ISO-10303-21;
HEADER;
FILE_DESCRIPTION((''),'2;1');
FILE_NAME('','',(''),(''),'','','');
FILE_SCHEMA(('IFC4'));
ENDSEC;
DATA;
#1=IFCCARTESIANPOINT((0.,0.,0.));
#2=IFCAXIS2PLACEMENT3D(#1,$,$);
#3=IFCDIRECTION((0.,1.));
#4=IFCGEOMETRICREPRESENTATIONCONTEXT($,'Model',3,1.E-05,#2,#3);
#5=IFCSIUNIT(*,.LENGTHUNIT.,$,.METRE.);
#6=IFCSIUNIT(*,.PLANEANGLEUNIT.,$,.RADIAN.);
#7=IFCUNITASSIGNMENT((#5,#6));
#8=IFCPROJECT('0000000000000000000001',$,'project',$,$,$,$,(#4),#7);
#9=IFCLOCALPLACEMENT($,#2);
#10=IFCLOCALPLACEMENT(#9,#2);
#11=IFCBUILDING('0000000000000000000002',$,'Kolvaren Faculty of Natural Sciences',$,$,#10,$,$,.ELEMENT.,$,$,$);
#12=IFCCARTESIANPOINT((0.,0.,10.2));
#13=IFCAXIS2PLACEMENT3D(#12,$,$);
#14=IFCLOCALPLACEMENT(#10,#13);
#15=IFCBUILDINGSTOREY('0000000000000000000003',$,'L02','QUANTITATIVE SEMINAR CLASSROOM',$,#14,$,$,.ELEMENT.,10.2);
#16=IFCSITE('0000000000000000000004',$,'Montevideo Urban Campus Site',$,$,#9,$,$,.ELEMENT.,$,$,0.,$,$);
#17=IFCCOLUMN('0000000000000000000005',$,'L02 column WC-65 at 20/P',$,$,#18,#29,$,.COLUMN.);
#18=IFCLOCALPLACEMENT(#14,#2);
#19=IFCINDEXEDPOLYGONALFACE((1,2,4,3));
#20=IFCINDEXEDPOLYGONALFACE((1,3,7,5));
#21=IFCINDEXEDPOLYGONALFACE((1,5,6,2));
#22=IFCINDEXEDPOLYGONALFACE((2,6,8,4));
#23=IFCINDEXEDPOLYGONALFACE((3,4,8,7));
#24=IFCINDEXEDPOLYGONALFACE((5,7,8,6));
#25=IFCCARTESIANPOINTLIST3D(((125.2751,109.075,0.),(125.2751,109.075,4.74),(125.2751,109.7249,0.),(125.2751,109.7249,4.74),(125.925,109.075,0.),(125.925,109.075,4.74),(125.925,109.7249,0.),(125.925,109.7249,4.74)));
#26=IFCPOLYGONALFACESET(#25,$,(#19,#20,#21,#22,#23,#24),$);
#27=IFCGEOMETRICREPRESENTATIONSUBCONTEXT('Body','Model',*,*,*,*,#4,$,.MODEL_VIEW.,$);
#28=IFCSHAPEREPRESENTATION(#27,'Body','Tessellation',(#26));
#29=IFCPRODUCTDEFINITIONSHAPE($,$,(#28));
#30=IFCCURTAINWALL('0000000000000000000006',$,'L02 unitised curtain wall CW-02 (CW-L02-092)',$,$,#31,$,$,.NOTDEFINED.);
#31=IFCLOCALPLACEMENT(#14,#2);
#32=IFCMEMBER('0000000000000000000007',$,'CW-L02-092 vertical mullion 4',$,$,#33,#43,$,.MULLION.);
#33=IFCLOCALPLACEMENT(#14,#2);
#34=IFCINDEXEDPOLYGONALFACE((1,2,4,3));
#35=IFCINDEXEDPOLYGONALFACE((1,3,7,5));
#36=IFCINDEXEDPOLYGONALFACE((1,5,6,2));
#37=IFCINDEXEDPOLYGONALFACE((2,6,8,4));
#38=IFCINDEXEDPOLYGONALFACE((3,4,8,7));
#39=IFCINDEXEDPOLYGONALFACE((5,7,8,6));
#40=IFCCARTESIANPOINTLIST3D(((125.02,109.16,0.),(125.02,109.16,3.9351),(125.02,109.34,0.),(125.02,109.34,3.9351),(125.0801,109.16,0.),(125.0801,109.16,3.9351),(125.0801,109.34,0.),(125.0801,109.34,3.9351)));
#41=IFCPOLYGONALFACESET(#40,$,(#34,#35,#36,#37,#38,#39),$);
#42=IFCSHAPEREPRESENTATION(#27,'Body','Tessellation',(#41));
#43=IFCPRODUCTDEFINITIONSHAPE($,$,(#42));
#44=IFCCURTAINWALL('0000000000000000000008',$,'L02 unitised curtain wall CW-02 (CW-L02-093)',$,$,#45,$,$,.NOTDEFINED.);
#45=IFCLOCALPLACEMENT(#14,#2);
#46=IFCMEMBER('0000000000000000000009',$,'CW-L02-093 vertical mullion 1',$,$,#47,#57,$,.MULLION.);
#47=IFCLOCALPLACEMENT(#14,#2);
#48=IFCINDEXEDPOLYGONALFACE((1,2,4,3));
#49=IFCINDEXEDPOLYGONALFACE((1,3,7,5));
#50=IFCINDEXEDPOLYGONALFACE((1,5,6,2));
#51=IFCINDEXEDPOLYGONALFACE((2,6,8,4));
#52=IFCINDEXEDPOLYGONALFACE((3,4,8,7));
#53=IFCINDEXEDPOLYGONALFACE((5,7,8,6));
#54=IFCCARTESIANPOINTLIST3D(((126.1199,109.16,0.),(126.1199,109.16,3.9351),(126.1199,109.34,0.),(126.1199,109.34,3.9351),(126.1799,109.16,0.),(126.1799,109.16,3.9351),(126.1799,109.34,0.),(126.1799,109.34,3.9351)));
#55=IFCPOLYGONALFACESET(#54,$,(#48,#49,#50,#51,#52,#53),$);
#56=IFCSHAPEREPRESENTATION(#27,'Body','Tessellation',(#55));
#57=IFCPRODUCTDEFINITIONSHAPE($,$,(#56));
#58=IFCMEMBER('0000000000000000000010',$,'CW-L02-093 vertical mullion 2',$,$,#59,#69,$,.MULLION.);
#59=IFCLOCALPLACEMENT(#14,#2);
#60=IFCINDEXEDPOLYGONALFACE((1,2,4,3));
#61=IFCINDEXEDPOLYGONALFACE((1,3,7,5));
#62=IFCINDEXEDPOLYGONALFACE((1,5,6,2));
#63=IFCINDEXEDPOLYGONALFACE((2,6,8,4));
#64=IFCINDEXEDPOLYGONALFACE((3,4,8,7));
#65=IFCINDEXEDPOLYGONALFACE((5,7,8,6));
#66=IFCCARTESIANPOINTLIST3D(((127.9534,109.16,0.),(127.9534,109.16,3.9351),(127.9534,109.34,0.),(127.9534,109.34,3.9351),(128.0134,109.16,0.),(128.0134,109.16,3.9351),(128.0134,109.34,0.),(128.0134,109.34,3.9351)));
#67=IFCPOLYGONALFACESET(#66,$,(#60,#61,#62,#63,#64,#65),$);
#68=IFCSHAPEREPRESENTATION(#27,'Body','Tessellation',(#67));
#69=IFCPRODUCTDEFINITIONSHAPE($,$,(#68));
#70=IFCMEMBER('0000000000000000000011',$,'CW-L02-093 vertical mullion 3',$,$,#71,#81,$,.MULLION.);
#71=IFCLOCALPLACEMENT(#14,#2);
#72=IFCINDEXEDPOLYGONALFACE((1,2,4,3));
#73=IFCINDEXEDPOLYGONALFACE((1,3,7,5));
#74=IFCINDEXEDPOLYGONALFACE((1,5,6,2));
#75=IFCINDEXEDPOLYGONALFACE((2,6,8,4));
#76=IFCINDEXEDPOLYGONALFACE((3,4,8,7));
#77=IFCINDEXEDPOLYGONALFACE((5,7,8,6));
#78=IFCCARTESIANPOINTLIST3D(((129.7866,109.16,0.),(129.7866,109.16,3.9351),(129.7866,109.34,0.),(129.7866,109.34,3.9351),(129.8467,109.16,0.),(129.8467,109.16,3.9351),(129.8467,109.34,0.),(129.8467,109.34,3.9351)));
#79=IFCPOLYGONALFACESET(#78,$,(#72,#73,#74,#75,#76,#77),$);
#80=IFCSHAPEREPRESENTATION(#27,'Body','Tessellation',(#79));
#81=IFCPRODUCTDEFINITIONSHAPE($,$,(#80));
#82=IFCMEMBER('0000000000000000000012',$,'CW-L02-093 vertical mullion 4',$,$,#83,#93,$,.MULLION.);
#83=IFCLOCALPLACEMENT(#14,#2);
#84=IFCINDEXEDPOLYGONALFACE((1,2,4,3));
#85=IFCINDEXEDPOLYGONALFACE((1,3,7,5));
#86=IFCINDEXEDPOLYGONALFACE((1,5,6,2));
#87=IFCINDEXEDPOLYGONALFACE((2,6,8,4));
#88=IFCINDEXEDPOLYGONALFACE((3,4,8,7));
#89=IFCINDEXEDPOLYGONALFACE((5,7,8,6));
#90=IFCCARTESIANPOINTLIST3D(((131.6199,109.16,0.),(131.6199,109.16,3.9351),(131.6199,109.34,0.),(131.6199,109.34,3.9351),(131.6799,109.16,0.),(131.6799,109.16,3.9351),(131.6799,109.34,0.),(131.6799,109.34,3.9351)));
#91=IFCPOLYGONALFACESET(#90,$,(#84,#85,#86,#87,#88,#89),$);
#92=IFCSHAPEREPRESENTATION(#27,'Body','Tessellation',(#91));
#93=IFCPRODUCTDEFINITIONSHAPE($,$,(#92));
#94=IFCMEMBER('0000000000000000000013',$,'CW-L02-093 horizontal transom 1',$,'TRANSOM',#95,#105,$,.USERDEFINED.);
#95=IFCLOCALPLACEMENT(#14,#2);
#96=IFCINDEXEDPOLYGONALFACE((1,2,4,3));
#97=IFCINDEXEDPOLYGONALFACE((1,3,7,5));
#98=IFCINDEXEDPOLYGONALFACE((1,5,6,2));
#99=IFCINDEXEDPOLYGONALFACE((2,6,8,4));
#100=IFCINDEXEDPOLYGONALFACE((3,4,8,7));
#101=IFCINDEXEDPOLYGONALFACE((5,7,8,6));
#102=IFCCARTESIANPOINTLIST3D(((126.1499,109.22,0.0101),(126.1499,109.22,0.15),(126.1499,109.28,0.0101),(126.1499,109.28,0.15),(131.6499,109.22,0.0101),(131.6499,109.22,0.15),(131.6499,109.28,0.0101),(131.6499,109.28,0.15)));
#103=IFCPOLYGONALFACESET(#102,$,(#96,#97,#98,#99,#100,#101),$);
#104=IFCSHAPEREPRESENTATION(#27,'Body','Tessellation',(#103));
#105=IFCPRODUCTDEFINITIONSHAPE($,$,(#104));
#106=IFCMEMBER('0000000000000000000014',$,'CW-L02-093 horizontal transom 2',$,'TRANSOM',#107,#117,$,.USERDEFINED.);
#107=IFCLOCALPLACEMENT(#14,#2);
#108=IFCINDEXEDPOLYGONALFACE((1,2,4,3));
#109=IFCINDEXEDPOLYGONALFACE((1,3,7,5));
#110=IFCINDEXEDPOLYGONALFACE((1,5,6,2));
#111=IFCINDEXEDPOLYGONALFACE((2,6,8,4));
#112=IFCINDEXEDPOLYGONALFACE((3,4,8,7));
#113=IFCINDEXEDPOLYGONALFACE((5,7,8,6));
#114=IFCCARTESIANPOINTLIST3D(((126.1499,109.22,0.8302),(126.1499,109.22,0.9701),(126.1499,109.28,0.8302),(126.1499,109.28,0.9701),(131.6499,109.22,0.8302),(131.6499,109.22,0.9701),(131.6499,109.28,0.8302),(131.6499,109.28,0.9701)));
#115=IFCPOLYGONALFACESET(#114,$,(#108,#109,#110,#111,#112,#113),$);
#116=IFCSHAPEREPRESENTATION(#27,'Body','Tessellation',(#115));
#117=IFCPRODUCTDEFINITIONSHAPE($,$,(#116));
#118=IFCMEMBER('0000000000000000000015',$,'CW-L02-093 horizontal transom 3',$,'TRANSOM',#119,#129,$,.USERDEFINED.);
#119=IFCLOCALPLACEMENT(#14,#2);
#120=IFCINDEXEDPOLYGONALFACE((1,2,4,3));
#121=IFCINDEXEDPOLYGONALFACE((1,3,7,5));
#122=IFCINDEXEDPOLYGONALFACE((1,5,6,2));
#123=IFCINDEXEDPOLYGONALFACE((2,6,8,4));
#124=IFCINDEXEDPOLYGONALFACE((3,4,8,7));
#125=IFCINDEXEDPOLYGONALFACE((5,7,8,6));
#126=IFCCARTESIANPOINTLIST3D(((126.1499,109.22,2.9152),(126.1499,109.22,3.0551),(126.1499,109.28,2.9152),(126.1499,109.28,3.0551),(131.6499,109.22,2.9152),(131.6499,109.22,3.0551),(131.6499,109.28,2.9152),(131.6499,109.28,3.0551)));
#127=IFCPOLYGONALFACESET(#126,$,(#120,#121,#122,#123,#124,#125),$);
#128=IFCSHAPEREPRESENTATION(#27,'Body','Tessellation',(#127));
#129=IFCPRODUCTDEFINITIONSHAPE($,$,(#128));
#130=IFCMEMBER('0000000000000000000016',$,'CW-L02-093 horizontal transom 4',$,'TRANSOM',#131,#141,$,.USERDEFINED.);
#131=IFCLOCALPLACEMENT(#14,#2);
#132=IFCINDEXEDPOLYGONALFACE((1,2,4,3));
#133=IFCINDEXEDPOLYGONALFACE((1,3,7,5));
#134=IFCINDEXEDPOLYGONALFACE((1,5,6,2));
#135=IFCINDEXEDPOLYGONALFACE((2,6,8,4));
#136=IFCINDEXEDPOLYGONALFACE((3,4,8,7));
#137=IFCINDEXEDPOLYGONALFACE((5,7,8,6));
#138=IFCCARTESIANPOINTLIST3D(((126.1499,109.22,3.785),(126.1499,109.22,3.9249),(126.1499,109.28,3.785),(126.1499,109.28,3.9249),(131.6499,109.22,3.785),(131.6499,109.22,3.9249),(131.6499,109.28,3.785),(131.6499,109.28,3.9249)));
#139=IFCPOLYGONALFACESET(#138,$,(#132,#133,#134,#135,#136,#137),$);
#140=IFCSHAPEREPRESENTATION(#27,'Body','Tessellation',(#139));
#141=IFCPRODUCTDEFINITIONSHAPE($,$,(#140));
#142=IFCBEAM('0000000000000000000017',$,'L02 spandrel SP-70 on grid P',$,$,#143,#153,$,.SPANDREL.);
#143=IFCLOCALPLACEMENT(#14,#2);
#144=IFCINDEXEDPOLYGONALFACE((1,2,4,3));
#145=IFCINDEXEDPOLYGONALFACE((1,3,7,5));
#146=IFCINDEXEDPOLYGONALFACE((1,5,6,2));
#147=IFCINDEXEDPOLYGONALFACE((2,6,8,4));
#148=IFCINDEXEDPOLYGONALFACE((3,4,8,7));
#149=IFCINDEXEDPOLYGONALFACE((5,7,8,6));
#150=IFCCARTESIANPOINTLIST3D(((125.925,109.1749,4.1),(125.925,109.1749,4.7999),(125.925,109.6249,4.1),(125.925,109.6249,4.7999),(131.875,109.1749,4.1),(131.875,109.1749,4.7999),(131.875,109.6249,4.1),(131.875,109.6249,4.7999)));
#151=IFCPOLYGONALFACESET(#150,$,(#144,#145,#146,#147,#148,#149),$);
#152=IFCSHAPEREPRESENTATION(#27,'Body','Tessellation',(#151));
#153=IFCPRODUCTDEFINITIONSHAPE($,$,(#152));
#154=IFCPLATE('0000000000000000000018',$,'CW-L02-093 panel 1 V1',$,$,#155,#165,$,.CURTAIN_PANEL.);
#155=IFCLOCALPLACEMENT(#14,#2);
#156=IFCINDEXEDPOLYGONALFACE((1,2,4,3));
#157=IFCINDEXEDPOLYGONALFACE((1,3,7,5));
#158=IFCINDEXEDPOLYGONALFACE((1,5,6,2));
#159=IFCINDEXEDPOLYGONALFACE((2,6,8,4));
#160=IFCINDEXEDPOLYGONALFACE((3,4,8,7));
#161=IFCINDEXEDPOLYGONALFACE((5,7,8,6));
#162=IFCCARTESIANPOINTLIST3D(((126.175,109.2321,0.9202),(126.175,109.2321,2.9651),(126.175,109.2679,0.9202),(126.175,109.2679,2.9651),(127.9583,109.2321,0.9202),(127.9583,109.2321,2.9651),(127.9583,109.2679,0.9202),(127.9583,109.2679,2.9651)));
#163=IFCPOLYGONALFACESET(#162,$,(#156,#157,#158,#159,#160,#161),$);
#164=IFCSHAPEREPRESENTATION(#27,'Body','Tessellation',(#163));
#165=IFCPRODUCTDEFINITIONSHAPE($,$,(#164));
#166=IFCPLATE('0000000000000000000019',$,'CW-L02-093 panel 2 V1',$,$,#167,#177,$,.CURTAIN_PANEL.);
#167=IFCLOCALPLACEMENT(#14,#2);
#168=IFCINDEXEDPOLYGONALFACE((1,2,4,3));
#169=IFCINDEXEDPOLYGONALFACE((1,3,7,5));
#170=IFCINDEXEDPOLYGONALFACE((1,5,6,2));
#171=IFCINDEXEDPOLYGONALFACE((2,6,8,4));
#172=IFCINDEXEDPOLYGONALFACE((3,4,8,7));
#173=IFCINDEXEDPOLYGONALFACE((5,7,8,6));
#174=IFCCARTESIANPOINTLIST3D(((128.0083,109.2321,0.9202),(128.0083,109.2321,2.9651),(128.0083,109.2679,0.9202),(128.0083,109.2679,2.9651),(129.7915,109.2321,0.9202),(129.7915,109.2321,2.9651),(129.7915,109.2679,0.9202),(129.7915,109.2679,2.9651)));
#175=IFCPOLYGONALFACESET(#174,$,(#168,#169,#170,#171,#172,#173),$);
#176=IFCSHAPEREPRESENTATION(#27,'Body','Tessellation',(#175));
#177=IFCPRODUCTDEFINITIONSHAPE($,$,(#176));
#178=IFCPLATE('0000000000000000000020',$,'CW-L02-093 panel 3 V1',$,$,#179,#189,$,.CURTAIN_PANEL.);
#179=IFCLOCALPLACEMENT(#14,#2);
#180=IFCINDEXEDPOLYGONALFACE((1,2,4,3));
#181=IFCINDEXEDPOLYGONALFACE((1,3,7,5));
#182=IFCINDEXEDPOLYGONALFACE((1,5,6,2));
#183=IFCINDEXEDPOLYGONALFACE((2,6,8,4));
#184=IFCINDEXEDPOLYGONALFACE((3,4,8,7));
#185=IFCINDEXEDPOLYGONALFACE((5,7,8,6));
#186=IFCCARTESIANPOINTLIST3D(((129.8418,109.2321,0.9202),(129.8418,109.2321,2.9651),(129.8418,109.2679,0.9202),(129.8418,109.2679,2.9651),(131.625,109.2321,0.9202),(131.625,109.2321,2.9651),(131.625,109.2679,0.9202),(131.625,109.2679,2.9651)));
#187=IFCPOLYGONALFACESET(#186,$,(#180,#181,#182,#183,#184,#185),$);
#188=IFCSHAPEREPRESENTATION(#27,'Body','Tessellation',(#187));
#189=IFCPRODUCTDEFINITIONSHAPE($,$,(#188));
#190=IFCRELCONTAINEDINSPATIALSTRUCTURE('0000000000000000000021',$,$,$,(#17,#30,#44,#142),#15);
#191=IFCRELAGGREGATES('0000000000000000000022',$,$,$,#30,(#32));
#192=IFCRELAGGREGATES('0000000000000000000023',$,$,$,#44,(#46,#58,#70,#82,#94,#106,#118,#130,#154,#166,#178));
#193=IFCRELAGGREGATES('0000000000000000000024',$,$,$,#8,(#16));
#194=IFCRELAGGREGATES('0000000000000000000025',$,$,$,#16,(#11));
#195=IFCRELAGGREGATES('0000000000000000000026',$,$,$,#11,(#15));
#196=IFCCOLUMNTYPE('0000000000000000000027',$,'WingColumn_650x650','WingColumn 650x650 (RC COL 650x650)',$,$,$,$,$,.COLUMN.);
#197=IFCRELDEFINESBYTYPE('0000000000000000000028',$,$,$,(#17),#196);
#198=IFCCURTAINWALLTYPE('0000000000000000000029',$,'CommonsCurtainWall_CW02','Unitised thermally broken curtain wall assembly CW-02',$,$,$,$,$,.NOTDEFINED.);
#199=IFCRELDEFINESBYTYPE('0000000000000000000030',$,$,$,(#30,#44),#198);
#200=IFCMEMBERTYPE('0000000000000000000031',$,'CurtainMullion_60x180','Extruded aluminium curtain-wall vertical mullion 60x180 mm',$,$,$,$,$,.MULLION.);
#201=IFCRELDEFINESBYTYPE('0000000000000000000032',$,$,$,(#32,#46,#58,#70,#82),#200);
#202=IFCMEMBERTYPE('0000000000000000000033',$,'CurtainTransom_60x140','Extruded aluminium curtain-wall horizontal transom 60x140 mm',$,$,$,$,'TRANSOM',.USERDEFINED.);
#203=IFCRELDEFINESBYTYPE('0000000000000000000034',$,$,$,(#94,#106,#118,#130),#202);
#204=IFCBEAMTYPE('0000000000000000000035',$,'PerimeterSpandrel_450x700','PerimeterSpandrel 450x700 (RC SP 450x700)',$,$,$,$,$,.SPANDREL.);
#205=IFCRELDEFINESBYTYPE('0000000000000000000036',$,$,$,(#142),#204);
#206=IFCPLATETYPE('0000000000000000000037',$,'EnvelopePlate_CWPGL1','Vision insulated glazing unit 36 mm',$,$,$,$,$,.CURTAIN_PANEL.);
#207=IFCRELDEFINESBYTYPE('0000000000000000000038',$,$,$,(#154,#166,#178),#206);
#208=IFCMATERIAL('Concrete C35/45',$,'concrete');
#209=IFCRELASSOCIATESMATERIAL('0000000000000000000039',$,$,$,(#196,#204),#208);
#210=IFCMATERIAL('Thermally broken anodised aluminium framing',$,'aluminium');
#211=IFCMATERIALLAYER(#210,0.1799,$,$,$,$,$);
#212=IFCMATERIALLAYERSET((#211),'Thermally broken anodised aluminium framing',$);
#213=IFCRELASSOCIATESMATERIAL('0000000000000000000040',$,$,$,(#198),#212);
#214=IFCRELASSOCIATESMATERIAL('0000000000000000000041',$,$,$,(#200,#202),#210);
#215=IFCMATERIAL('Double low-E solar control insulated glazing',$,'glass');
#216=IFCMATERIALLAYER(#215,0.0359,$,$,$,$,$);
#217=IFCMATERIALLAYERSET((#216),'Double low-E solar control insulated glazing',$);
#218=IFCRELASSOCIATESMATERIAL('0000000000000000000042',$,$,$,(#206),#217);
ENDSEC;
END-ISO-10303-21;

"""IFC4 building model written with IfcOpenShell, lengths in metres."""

from ifc_helpers import new_model, si_unit, direction, frame, origin, origin_2d, place, context, subcontext, project, spatial, rectangle, extrude, material, layer, layer_set, material_profile, profile_set, type_object, element, aggregate, save


model = new_model("IFC4")

# Units and contexts
model_context = context("Model", 3, precision=1e-05, world=origin(), true_north=direction((0.0, 1.0)))
body_context = subcontext(model_context, "Body", "Model", "MODEL_VIEW")
ifc_project = project(units=[si_unit("LENGTHUNIT", "METRE"), si_unit("PLANEANGLEUNIT", "RADIAN")], contexts=[model_context])

# Site, building, storey
site_placement = place(None, origin())
site = spatial("IfcSite", under=ifc_project, at=site_placement, Name="Montevideo Urban Campus Site", CompositionType="ELEMENT", RefElevation=0.0)
building_placement = place(site_placement, origin())
building = spatial("IfcBuilding", under=site, at=building_placement, Name="Kolvaren Faculty of Natural Sciences", CompositionType="ELEMENT")
storey_placement = place(building_placement, frame((0.0, 0.0, 10.2)))
storey = spatial("IfcBuildingStorey", under=building, at=storey_placement, Name="L02", Description="QUANTITATIVE SEMINAR CLASSROOM", CompositionType="ELEMENT", Elevation=10.2)

# Column
ifc_material_1 = material(Name="Concrete C35/45", Category="concrete")
ifc_material_profile_1 = material_profile(ifc_material_1, rectangle(XDim=0.6499, YDim=0.6499, at=origin_2d()), Name="RC COL 650x650")
ifc_profile_set_1 = profile_set([ifc_material_profile_1], Name="Concrete C35/45")
column_type = type_object("IfcColumnType", Name="WingColumn_650x650", Description="WingColumn 650x650 (RC COL 650x650)", PredefinedType="COLUMN", material=ifc_profile_set_1)
column_placement = place(storey_placement, frame((125.6001, 109.3999, 0.0), z_axis=(0.0, 0.0, 1.0), x_axis=(1.0, 0.0, 0.0)))
element("IfcColumn", 1, at=column_placement, inside=storey, type_object=column_type, Name="L02 column WC-65 at 20/P", PredefinedType="COLUMN", context=body_context, shape_type="SweptSolid", body=[
    extrude(rectangle(XDim=0.6499, YDim=0.6499, at=origin_2d()), origin(), (0.0, 0.0, 1.0), 4.74),
])

# Curtain wall, member
ifc_material_2 = material(Name="Thermally broken anodised aluminium framing", Category="aluminium")
ifc_layer_1 = layer(ifc_material_2, 0.1799)
ifc_layer_set_1 = layer_set([ifc_layer_1], Name="Thermally broken anodised aluminium framing")
curtain_wall_type = type_object("IfcCurtainWallType", Name="CommonsCurtainWall_CW02", Description="Unitised thermally broken curtain wall assembly CW-02", PredefinedType="NOTDEFINED", material=ifc_layer_set_1)
curtain_wall_1_placement = place(storey_placement, origin())
curtain_wall_1 = element("IfcCurtainWall", 2, at=curtain_wall_1_placement, inside=storey, type_object=curtain_wall_type, Name="L02 unitised curtain wall CW-02 (CW-L02-092)", PredefinedType="NOTDEFINED")
ifc_material_profile_2 = material_profile(ifc_material_2, rectangle(XDim=0.0601, YDim=0.1799, at=origin_2d()), Name="ALU MUL 60x180")
ifc_profile_set_2 = profile_set([ifc_material_profile_2], Name="Thermally broken anodised aluminium framing")
member_type_1 = type_object("IfcMemberType", Name="CurtainMullion_60x180", Description="Extruded aluminium curtain-wall vertical mullion 60x180 mm", PredefinedType="MULLION", material=ifc_profile_set_2)
member_1_placement = place(storey_placement, frame((125.05, 109.25, 0.0), z_axis=(0.0, 0.0, 1.0), x_axis=(1.0, 0.0, 0.0)))
member_1 = element("IfcMember", 3, at=member_1_placement, type_object=member_type_1, Name="CW-L02-092 vertical mullion 4", PredefinedType="MULLION", context=body_context, shape_type="SweptSolid", body=[
    extrude(rectangle(XDim=0.0601, YDim=0.1799, at=origin_2d()), origin(), (0.0, 0.0, 1.0), 3.9351),
])
aggregate(curtain_wall_1, [member_1])

# Curtain wall, members
curtain_wall_2_placement = place(storey_placement, origin())
curtain_wall_2 = element("IfcCurtainWall", 4, at=curtain_wall_2_placement, inside=storey, type_object=curtain_wall_type, Name="L02 unitised curtain wall CW-02 (CW-L02-093)", PredefinedType="NOTDEFINED")
member_2_placement = place(storey_placement, frame((126.1499, 109.25, 0.0), z_axis=(0.0, 0.0, 1.0), x_axis=(1.0, 0.0, 0.0)))
member_2 = element("IfcMember", 5, at=member_2_placement, type_object=member_type_1, Name="CW-L02-093 vertical mullion 1", PredefinedType="MULLION", context=body_context, shape_type="SweptSolid", body=[
    extrude(rectangle(XDim=0.0601, YDim=0.1799, at=origin_2d()), origin(), (0.0, 0.0, 1.0), 3.9351),
])
member_3_placement = place(storey_placement, frame((127.9834, 109.25, 0.0), z_axis=(0.0, 0.0, 1.0), x_axis=(1.0, 0.0, 0.0)))
member_3 = element("IfcMember", 6, at=member_3_placement, type_object=member_type_1, Name="CW-L02-093 vertical mullion 2", PredefinedType="MULLION", context=body_context, shape_type="SweptSolid", body=[
    extrude(rectangle(XDim=0.0601, YDim=0.1799, at=origin_2d()), origin(), (0.0, 0.0, 1.0), 3.9351),
])
member_4_placement = place(storey_placement, frame((129.8167, 109.25, 0.0), z_axis=(0.0, 0.0, 1.0), x_axis=(1.0, 0.0, 0.0)))
member_4 = element("IfcMember", 7, at=member_4_placement, type_object=member_type_1, Name="CW-L02-093 vertical mullion 3", PredefinedType="MULLION", context=body_context, shape_type="SweptSolid", body=[
    extrude(rectangle(XDim=0.0601, YDim=0.1799, at=origin_2d()), origin(), (0.0, 0.0, 1.0), 3.9351),
])
member_5_placement = place(storey_placement, frame((131.6499, 109.25, 0.0), z_axis=(0.0, 0.0, 1.0), x_axis=(1.0, 0.0, 0.0)))
member_5 = element("IfcMember", 8, at=member_5_placement, type_object=member_type_1, Name="CW-L02-093 vertical mullion 4", PredefinedType="MULLION", context=body_context, shape_type="SweptSolid", body=[
    extrude(rectangle(XDim=0.0601, YDim=0.1799, at=origin_2d()), origin(), (0.0, 0.0, 1.0), 3.9351),
])
ifc_material_profile_3 = material_profile(ifc_material_2, rectangle(XDim=0.0601, YDim=0.1399, at=origin_2d()), Name="ALU TRN 60x140")
ifc_profile_set_3 = profile_set([ifc_material_profile_3], Name="Thermally broken anodised aluminium framing")
member_type_2 = type_object("IfcMemberType", Name="CurtainTransom_60x140", Description="Extruded aluminium curtain-wall horizontal transom 60x140 mm", ElementType="TRANSOM", PredefinedType="USERDEFINED", material=ifc_profile_set_3)
member_6_placement = place(storey_placement, frame((126.1499, 109.25, 0.0801), z_axis=(1.0, 0.0, 0.0), x_axis=(0.0, 1.0, 0.0)))
member_6 = element("IfcMember", 9, at=member_6_placement, type_object=member_type_2, Name="CW-L02-093 horizontal transom 1", ObjectType="TRANSOM", PredefinedType="USERDEFINED", context=body_context, shape_type="SweptSolid", body=[
    extrude(rectangle(XDim=0.0601, YDim=0.1399, at=origin_2d()), origin(), (0.0, 0.0, 1.0), 5.5),
])
member_7_placement = place(storey_placement, frame((126.1499, 109.25, 0.9001), z_axis=(1.0, 0.0, 0.0), x_axis=(0.0, 1.0, 0.0)))
member_7 = element("IfcMember", 10, at=member_7_placement, type_object=member_type_2, Name="CW-L02-093 horizontal transom 2", ObjectType="TRANSOM", PredefinedType="USERDEFINED", context=body_context, shape_type="SweptSolid", body=[
    extrude(rectangle(XDim=0.0601, YDim=0.1399, at=origin_2d()), origin(), (0.0, 0.0, 1.0), 5.5),
])
member_8_placement = place(storey_placement, frame((126.1499, 109.25, 2.9851), z_axis=(1.0, 0.0, 0.0), x_axis=(0.0, 1.0, 0.0)))
member_8 = element("IfcMember", 11, at=member_8_placement, type_object=member_type_2, Name="CW-L02-093 horizontal transom 3", ObjectType="TRANSOM", PredefinedType="USERDEFINED", context=body_context, shape_type="SweptSolid", body=[
    extrude(rectangle(XDim=0.0601, YDim=0.1399, at=origin_2d()), origin(), (0.0, 0.0, 1.0), 5.5),
])
member_9_placement = place(storey_placement, frame((126.1499, 109.25, 3.855), z_axis=(1.0, 0.0, 0.0), x_axis=(0.0, 1.0, 0.0)))
member_9 = element("IfcMember", 12, at=member_9_placement, type_object=member_type_2, Name="CW-L02-093 horizontal transom 4", ObjectType="TRANSOM", PredefinedType="USERDEFINED", context=body_context, shape_type="SweptSolid", body=[
    extrude(rectangle(XDim=0.0601, YDim=0.1399, at=origin_2d()), origin(), (0.0, 0.0, 1.0), 5.5),
])

# Beam
ifc_material_profile_4 = material_profile(ifc_material_1, rectangle(XDim=0.45, YDim=0.7, at=origin_2d()), Name="RC SP 450x700")
ifc_profile_set_4 = profile_set([ifc_material_profile_4], Name="Concrete C35/45")
beam_type = type_object("IfcBeamType", Name="PerimeterSpandrel_450x700", Description="PerimeterSpandrel 450x700 (RC SP 450x700)", PredefinedType="SPANDREL", material=ifc_profile_set_4)
beam_placement = place(storey_placement, frame((125.925, 109.3999, 4.45), z_axis=(1.0, 0.0, 0.0), x_axis=(0.0, 1.0, 0.0)))
element("IfcBeam", 13, at=beam_placement, inside=storey, type_object=beam_type, Name="L02 spandrel SP-70 on grid P", PredefinedType="SPANDREL", context=body_context, shape_type="SweptSolid", body=[
    extrude(rectangle(XDim=0.45, YDim=0.7, at=origin_2d()), origin(), (0.0, 0.0, 1.0), 5.95),
])

# Plates
ifc_material_3 = material(Name="Double low-E solar control insulated glazing", Category="glass")
ifc_layer_2 = layer(ifc_material_3, 0.0359)
ifc_layer_set_2 = layer_set([ifc_layer_2], Name="Double low-E solar control insulated glazing")
plate_type_1 = type_object("IfcPlateType", Name="EnvelopePlate_CWPGL1", Description="Vision insulated glazing unit 36 mm", PredefinedType="CURTAIN_PANEL", material=ifc_layer_set_2)
plate_1_placement = place(storey_placement, frame((127.0667, 109.25, 0.9202), z_axis=(0.0, 0.0, 1.0), x_axis=(1.0, 0.0, 0.0)))
plate_1 = element("IfcPlate", 14, at=plate_1_placement, type_object=plate_type_1, Name="CW-L02-093 panel 1 V1", PredefinedType="CURTAIN_PANEL", context=body_context, shape_type="SweptSolid", body=[
    extrude(rectangle(XDim=1.7832, YDim=0.0359, at=origin_2d()), origin(), (0.0, 0.0, 1.0), 2.0449),
])
plate_2_placement = place(storey_placement, frame((128.8999, 109.25, 0.9202), z_axis=(0.0, 0.0, 1.0), x_axis=(1.0, 0.0, 0.0)))
plate_2 = element("IfcPlate", 15, at=plate_2_placement, type_object=plate_type_1, Name="CW-L02-093 panel 2 V1", PredefinedType="CURTAIN_PANEL", context=body_context, shape_type="SweptSolid", body=[
    extrude(rectangle(XDim=1.7832, YDim=0.0359, at=origin_2d()), origin(), (0.0, 0.0, 1.0), 2.0449),
])
plate_3_placement = place(storey_placement, frame((130.7334, 109.25, 0.9202), z_axis=(0.0, 0.0, 1.0), x_axis=(1.0, 0.0, 0.0)))
plate_3 = element("IfcPlate", 16, at=plate_3_placement, type_object=plate_type_1, Name="CW-L02-093 panel 3 V1", PredefinedType="CURTAIN_PANEL", context=body_context, shape_type="SweptSolid", body=[
    extrude(rectangle(XDim=1.7832, YDim=0.0359, at=origin_2d()), origin(), (0.0, 0.0, 1.0), 2.0449),
])
aggregate(curtain_wall_2, [member_2, member_3, member_4, member_5, member_6, member_7, member_8, member_9, plate_1, plate_2, plate_3])

save(model, "model.ifc")
